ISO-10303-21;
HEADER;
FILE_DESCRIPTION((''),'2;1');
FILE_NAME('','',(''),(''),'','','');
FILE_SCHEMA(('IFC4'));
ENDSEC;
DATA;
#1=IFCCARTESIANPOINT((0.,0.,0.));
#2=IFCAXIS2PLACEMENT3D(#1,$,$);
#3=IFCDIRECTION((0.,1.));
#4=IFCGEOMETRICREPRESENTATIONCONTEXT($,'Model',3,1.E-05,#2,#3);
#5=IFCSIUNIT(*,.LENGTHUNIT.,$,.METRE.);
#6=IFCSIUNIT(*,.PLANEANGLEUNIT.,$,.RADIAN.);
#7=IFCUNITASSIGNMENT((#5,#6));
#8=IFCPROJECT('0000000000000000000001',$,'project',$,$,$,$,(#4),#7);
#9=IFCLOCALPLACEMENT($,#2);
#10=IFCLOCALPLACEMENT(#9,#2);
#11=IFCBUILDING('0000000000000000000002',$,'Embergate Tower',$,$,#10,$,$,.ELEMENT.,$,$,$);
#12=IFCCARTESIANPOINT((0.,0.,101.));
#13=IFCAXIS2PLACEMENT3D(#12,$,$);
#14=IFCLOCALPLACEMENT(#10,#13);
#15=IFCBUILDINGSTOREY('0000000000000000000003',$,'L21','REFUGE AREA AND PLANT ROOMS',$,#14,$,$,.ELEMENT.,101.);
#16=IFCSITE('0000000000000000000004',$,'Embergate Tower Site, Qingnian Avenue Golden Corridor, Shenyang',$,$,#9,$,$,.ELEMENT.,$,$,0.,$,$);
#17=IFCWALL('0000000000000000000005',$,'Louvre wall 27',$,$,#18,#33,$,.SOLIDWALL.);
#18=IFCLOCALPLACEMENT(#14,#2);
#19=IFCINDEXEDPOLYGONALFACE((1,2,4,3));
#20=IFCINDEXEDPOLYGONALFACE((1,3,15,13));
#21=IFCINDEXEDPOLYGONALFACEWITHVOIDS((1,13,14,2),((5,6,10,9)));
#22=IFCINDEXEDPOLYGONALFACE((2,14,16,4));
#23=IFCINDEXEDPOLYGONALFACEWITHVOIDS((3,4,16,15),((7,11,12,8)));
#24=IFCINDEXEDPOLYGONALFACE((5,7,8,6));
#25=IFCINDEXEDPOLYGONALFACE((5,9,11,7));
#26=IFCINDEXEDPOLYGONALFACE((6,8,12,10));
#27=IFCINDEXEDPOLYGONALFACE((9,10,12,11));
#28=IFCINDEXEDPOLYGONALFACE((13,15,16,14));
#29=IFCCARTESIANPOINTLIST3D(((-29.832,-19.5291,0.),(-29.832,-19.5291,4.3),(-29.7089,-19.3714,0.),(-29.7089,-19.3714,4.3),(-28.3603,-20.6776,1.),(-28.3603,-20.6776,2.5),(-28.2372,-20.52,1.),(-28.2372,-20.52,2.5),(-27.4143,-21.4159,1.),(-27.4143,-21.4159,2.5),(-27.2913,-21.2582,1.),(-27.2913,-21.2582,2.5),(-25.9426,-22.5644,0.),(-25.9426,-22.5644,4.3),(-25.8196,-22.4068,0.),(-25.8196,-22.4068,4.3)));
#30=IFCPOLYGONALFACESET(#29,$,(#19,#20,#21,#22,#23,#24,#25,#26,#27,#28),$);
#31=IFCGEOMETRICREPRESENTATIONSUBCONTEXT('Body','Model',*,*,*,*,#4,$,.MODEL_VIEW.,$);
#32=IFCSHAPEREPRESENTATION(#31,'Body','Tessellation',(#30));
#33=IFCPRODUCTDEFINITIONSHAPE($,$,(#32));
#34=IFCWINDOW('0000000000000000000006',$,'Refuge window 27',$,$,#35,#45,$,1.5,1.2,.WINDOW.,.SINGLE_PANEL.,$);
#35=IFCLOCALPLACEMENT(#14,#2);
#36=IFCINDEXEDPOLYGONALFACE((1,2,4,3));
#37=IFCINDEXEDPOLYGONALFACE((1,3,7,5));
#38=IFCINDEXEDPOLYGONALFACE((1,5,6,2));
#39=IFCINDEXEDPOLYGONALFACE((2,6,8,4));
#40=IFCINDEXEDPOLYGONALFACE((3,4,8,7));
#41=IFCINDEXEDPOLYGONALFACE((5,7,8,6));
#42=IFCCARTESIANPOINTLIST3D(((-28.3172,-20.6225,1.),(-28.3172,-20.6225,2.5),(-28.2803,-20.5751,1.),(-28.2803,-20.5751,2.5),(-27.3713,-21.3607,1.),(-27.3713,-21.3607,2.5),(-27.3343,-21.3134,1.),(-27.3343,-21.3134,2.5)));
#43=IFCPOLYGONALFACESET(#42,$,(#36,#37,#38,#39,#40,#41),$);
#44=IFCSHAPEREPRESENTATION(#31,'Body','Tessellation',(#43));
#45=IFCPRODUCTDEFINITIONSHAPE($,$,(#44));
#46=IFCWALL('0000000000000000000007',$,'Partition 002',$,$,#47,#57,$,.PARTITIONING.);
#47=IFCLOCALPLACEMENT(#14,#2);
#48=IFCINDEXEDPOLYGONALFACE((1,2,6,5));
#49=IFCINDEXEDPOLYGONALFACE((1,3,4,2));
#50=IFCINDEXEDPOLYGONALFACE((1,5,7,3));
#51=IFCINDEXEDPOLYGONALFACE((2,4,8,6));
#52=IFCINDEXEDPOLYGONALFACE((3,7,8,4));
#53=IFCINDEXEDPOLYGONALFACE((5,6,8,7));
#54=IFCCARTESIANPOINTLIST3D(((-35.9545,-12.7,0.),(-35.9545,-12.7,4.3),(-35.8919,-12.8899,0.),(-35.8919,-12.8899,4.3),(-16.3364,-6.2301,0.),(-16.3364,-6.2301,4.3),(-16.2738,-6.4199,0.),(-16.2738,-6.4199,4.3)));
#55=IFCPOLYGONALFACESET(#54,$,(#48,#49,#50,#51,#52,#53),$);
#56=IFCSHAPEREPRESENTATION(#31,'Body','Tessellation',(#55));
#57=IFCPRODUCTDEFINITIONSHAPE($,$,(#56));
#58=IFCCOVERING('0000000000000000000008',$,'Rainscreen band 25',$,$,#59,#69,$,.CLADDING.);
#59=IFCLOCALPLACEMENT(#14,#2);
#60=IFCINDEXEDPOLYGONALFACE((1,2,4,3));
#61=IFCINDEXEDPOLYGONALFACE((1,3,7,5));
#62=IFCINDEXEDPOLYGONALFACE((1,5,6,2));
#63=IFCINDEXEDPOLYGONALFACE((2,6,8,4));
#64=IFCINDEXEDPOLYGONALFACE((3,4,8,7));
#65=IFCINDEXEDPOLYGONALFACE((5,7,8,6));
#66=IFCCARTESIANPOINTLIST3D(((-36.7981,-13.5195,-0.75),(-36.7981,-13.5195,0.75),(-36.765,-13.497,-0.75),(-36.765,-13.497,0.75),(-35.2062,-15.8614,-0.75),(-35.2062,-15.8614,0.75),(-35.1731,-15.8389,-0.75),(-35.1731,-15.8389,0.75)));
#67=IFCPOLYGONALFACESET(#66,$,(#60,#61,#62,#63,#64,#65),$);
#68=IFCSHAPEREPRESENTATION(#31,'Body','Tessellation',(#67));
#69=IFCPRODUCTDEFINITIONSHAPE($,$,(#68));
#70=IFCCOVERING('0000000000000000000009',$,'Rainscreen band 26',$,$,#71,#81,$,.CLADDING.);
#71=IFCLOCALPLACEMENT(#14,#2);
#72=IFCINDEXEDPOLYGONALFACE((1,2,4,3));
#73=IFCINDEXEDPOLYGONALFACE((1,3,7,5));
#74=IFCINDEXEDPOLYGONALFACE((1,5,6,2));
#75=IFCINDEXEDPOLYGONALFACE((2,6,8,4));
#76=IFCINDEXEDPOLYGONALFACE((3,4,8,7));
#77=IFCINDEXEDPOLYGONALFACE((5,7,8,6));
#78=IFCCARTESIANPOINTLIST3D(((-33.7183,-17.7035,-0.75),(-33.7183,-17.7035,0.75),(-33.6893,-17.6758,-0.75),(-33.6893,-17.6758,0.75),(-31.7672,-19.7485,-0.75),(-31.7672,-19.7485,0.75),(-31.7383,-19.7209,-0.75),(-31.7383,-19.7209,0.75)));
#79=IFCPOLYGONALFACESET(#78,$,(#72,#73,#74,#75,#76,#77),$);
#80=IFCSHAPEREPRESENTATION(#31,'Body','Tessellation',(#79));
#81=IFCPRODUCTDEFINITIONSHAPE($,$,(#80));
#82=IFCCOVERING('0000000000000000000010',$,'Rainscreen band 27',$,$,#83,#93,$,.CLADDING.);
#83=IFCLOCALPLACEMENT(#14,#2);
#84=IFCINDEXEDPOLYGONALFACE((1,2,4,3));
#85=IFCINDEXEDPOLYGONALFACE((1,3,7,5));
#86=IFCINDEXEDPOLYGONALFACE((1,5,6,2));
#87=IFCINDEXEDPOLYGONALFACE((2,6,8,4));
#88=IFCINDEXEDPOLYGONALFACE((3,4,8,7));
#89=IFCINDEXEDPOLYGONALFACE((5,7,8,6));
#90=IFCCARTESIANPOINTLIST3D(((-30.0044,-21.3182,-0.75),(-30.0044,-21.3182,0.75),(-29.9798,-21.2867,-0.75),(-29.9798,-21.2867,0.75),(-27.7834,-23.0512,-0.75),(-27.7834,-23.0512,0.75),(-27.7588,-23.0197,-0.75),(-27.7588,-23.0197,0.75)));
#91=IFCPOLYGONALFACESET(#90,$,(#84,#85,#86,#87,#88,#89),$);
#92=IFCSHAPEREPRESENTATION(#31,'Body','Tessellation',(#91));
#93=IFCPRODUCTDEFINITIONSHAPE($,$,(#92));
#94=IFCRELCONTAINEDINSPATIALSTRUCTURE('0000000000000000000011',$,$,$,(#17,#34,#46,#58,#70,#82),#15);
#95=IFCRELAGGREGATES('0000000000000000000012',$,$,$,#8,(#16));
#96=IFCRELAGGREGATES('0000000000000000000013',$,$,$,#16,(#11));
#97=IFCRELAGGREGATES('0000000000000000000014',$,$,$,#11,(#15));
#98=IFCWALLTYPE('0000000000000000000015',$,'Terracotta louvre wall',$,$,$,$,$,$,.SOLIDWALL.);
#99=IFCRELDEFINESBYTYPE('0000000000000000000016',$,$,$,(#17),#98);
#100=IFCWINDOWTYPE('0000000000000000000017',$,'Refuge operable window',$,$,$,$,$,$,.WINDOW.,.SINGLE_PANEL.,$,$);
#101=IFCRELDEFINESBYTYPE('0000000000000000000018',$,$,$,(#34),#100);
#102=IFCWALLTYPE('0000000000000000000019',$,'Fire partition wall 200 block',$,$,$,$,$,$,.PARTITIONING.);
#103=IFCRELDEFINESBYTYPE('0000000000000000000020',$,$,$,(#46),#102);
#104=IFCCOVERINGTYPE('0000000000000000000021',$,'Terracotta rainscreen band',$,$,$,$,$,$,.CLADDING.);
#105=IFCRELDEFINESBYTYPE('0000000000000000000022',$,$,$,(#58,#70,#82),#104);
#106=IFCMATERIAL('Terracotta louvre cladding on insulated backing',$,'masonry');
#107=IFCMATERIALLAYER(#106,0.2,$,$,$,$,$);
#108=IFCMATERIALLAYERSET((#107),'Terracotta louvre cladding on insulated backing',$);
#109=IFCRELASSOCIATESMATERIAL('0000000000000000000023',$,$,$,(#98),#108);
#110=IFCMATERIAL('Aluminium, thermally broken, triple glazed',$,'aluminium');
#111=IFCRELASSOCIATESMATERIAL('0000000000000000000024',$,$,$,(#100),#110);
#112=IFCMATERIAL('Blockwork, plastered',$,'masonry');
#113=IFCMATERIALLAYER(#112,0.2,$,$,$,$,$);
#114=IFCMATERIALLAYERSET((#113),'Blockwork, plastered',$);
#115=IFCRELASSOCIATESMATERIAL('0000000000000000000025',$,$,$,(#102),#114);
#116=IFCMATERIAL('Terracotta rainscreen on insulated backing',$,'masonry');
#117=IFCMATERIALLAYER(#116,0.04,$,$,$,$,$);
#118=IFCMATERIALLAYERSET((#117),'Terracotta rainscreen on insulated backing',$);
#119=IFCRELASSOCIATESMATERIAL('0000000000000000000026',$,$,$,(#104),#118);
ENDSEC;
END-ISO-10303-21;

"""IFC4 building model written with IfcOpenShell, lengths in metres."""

from ifc_helpers import new_model, si_unit, direction, frame, frame_2d, origin, origin_2d, place, context, subcontext, project, spatial, rectangle, extrude, source, transform, mapped, material, layer, layer_set, type_object, element, fill, save


model = new_model("IFC4")

# Units and contexts
model_context = context("Model", 3, precision=1e-05, world=origin(), true_north=direction((0.0, 1.0)))
body_context = subcontext(model_context, "Body", "Model", "MODEL_VIEW")
ifc_project = project(units=[si_unit("LENGTHUNIT", "METRE"), si_unit("PLANEANGLEUNIT", "RADIAN")], contexts=[model_context])

# Site, building, storey
site_placement = place(None, origin())
site = spatial("IfcSite", under=ifc_project, at=site_placement, Name="Embergate Tower Site, Qingnian Avenue Golden Corridor, Shenyang", CompositionType="ELEMENT", RefElevation=0.0)
building_placement = place(site_placement, origin())
building = spatial("IfcBuilding", under=site, at=building_placement, Name="Embergate Tower", CompositionType="ELEMENT")
storey_placement = place(building_placement, frame((0.0, 0.0, 101.0)))
storey = spatial("IfcBuildingStorey", under=building, at=storey_placement, Name="L21", Description="REFUGE AREA AND PLANT ROOMS", CompositionType="ELEMENT", Elevation=101.0)

# Wall, opening, window
ifc_material_1 = material(Name="Terracotta louvre cladding on insulated backing", Category="masonry")
ifc_layer_1 = layer(ifc_material_1, 0.2)
ifc_layer_set_1 = layer_set([ifc_layer_1], Name="Terracotta louvre cladding on insulated backing")
wall_type_1 = type_object("IfcWallType", Name="Terracotta louvre wall", PredefinedType="SOLIDWALL", material=ifc_layer_set_1)
shared_shape_1 = source(origin(), body_context, "Body", "SweptSolid", [
    extrude(rectangle(XDim=1.2, YDim=1.5, at=frame_2d((0.6001, 0.75))), frame((0.0, 0.1099, 0.0), z_axis=(0.0, -1.0, 0.0), x_axis=(1.0, 0.0, 0.0)), (0.0, 0.0, 1.0), 0.22),
])
ifc_material_2 = material(Name="Aluminium, thermally broken, triple glazed", Category="aluminium")
window_type = type_object("IfcWindowType", Name="Refuge operable window", PartitioningType="SINGLE_PANEL", PredefinedType="WINDOW", material=ifc_material_2)
shared_shape_2 = source(origin(), body_context, "Body", "SweptSolid", [
    extrude(rectangle(XDim=1.2, YDim=1.5, at=frame_2d((0.6001, 0.75))), frame((0.0, 0.03, 0.0), z_axis=(0.0, -1.0, 0.0), x_axis=(1.0, 0.0, 0.0)), (0.0, 0.0, 1.0), 0.0601),
])
shared_shape_3 = source(origin(), body_context, "Body", "SweptSolid", [
    extrude(rectangle(XDim=4.9336, YDim=0.2, at=frame_2d((2.4668, 0.0))), origin(), (0.0, 0.0, 1.0), 4.3),
])
wall_1_placement = place(storey_placement, frame((-25.8811, -22.4856, 0.0), z_axis=(0.0, 0.0, 1.0), x_axis=(-0.788339, 0.615242, 0.0)))
wall_1 = element("IfcWall", 1, at=wall_1_placement, inside=storey, type_object=wall_type_1, Name="Louvre wall 27", PredefinedType="SOLIDWALL", context=body_context, shape_type="MappedRepresentation", body=[
    mapped(shared_shape_3, transform((0.0, 0.0, 0.0))),
])
opening_1_placement = place(wall_1_placement, frame((1.8667, 0.0, 1.0)))
opening_1 = element("IfcOpeningElement", 2, at=opening_1_placement, cuts=wall_1, PredefinedType="OPENING", context=body_context, shape_type="MappedRepresentation", body=[
    mapped(shared_shape_1, transform((0.0, 0.0, 0.0))),
])
window_1_placement = place(opening_1_placement, origin())
window_1 = element("IfcWindow", 3, at=window_1_placement, inside=storey, type_object=window_type, Name="Refuge window 27", OverallHeight=1.5, OverallWidth=1.2, PartitioningType="SINGLE_PANEL", PredefinedType="WINDOW", context=body_context, shape_type="MappedRepresentation", body=[
    mapped(shared_shape_2, transform((0.0, 0.0, 0.0))),
])
fill(opening_1, window_1)

# Wall
ifc_material_3 = material(Name="Blockwork, plastered", Category="masonry")
ifc_layer_2 = layer(ifc_material_3, 0.2)
ifc_layer_set_2 = layer_set([ifc_layer_2], Name="Blockwork, plastered")
wall_type_2 = type_object("IfcWallType", Name="Fire partition wall 200 block", PredefinedType="PARTITIONING", material=ifc_layer_set_2)
shared_shape_4 = source(origin(), body_context, "Body", "SweptSolid", [
    extrude(rectangle(XDim=20.6575, YDim=0.2, at=frame_2d((10.3286, 0.0))), origin(), (0.0, 0.0, 1.0), 4.3),
])
wall_2_placement = place(storey_placement, frame((-35.9231, -12.7949, 0.0), z_axis=(0.0, 0.0, 1.0), x_axis=(0.949687, 0.313202, 0.0)))
element("IfcWall", 4, at=wall_2_placement, inside=storey, type_object=wall_type_2, Name="Partition 002", PredefinedType="PARTITIONING", context=body_context, shape_type="MappedRepresentation", body=[
    mapped(shared_shape_4, transform((0.0, 0.0, 0.0))),
])

# Coverings
ifc_material_4 = material(Name="Terracotta rainscreen on insulated backing", Category="masonry")
ifc_layer_3 = layer(ifc_material_4, 0.04)
ifc_layer_set_3 = layer_set([ifc_layer_3], Name="Terracotta rainscreen on insulated backing")
covering_type = type_object("IfcCoveringType", Name="Terracotta rainscreen band", PredefinedType="CLADDING", material=ifc_layer_set_3)
shared_shape_5 = source(origin(), body_context, "Body", "SweptSolid", [
    extrude(rectangle(XDim=2.8318, YDim=0.04, at=origin_2d()), origin(), (0.0, 0.0, 1.0), 1.5),
])
covering_1_placement = place(storey_placement, frame((-35.9856, -14.6792, -0.75), z_axis=(0.0, 0.0, 1.0), x_axis=(0.562174, -0.827019, 0.0)))
element("IfcCovering", 5, at=covering_1_placement, inside=storey, type_object=covering_type, Name="Rainscreen band 25", PredefinedType="CLADDING", context=body_context, shape_type="MappedRepresentation", body=[
    mapped(shared_shape_5, transform((0.0, 0.0, 0.0))),
])
shared_shape_6 = source(origin(), body_context, "Body", "SweptSolid", [
    extrude(rectangle(XDim=2.8264, YDim=0.04, at=origin_2d()), origin(), (0.0, 0.0, 1.0), 1.5),
])
covering_2_placement = place(storey_placement, frame((-32.7283, -18.7122, -0.75), z_axis=(0.0, 0.0, 1.0), x_axis=(0.690282, -0.723541, 0.0)))
element("IfcCovering", 6, at=covering_2_placement, inside=storey, type_object=covering_type, Name="Rainscreen band 26", PredefinedType="CLADDING", context=body_context, shape_type="MappedRepresentation", body=[
    mapped(shared_shape_6, transform((0.0, 0.0, 0.0))),
])
shared_shape_7 = source(origin(), body_context, "Body", "SweptSolid", [
    extrude(rectangle(XDim=2.8171, YDim=0.04, at=origin_2d()), origin(), (0.0, 0.0, 1.0), 1.5),
])
covering_3_placement = place(storey_placement, frame((-28.8816, -22.1689, -0.75), z_axis=(0.0, 0.0, 1.0), x_axis=(0.788395, -0.615169, 0.0)))
element("IfcCovering", 7, at=covering_3_placement, inside=storey, type_object=covering_type, Name="Rainscreen band 27", PredefinedType="CLADDING", context=body_context, shape_type="MappedRepresentation", body=[
    mapped(shared_shape_7, transform((0.0, 0.0, 0.0))),
])

save(model, "model.ifc")
